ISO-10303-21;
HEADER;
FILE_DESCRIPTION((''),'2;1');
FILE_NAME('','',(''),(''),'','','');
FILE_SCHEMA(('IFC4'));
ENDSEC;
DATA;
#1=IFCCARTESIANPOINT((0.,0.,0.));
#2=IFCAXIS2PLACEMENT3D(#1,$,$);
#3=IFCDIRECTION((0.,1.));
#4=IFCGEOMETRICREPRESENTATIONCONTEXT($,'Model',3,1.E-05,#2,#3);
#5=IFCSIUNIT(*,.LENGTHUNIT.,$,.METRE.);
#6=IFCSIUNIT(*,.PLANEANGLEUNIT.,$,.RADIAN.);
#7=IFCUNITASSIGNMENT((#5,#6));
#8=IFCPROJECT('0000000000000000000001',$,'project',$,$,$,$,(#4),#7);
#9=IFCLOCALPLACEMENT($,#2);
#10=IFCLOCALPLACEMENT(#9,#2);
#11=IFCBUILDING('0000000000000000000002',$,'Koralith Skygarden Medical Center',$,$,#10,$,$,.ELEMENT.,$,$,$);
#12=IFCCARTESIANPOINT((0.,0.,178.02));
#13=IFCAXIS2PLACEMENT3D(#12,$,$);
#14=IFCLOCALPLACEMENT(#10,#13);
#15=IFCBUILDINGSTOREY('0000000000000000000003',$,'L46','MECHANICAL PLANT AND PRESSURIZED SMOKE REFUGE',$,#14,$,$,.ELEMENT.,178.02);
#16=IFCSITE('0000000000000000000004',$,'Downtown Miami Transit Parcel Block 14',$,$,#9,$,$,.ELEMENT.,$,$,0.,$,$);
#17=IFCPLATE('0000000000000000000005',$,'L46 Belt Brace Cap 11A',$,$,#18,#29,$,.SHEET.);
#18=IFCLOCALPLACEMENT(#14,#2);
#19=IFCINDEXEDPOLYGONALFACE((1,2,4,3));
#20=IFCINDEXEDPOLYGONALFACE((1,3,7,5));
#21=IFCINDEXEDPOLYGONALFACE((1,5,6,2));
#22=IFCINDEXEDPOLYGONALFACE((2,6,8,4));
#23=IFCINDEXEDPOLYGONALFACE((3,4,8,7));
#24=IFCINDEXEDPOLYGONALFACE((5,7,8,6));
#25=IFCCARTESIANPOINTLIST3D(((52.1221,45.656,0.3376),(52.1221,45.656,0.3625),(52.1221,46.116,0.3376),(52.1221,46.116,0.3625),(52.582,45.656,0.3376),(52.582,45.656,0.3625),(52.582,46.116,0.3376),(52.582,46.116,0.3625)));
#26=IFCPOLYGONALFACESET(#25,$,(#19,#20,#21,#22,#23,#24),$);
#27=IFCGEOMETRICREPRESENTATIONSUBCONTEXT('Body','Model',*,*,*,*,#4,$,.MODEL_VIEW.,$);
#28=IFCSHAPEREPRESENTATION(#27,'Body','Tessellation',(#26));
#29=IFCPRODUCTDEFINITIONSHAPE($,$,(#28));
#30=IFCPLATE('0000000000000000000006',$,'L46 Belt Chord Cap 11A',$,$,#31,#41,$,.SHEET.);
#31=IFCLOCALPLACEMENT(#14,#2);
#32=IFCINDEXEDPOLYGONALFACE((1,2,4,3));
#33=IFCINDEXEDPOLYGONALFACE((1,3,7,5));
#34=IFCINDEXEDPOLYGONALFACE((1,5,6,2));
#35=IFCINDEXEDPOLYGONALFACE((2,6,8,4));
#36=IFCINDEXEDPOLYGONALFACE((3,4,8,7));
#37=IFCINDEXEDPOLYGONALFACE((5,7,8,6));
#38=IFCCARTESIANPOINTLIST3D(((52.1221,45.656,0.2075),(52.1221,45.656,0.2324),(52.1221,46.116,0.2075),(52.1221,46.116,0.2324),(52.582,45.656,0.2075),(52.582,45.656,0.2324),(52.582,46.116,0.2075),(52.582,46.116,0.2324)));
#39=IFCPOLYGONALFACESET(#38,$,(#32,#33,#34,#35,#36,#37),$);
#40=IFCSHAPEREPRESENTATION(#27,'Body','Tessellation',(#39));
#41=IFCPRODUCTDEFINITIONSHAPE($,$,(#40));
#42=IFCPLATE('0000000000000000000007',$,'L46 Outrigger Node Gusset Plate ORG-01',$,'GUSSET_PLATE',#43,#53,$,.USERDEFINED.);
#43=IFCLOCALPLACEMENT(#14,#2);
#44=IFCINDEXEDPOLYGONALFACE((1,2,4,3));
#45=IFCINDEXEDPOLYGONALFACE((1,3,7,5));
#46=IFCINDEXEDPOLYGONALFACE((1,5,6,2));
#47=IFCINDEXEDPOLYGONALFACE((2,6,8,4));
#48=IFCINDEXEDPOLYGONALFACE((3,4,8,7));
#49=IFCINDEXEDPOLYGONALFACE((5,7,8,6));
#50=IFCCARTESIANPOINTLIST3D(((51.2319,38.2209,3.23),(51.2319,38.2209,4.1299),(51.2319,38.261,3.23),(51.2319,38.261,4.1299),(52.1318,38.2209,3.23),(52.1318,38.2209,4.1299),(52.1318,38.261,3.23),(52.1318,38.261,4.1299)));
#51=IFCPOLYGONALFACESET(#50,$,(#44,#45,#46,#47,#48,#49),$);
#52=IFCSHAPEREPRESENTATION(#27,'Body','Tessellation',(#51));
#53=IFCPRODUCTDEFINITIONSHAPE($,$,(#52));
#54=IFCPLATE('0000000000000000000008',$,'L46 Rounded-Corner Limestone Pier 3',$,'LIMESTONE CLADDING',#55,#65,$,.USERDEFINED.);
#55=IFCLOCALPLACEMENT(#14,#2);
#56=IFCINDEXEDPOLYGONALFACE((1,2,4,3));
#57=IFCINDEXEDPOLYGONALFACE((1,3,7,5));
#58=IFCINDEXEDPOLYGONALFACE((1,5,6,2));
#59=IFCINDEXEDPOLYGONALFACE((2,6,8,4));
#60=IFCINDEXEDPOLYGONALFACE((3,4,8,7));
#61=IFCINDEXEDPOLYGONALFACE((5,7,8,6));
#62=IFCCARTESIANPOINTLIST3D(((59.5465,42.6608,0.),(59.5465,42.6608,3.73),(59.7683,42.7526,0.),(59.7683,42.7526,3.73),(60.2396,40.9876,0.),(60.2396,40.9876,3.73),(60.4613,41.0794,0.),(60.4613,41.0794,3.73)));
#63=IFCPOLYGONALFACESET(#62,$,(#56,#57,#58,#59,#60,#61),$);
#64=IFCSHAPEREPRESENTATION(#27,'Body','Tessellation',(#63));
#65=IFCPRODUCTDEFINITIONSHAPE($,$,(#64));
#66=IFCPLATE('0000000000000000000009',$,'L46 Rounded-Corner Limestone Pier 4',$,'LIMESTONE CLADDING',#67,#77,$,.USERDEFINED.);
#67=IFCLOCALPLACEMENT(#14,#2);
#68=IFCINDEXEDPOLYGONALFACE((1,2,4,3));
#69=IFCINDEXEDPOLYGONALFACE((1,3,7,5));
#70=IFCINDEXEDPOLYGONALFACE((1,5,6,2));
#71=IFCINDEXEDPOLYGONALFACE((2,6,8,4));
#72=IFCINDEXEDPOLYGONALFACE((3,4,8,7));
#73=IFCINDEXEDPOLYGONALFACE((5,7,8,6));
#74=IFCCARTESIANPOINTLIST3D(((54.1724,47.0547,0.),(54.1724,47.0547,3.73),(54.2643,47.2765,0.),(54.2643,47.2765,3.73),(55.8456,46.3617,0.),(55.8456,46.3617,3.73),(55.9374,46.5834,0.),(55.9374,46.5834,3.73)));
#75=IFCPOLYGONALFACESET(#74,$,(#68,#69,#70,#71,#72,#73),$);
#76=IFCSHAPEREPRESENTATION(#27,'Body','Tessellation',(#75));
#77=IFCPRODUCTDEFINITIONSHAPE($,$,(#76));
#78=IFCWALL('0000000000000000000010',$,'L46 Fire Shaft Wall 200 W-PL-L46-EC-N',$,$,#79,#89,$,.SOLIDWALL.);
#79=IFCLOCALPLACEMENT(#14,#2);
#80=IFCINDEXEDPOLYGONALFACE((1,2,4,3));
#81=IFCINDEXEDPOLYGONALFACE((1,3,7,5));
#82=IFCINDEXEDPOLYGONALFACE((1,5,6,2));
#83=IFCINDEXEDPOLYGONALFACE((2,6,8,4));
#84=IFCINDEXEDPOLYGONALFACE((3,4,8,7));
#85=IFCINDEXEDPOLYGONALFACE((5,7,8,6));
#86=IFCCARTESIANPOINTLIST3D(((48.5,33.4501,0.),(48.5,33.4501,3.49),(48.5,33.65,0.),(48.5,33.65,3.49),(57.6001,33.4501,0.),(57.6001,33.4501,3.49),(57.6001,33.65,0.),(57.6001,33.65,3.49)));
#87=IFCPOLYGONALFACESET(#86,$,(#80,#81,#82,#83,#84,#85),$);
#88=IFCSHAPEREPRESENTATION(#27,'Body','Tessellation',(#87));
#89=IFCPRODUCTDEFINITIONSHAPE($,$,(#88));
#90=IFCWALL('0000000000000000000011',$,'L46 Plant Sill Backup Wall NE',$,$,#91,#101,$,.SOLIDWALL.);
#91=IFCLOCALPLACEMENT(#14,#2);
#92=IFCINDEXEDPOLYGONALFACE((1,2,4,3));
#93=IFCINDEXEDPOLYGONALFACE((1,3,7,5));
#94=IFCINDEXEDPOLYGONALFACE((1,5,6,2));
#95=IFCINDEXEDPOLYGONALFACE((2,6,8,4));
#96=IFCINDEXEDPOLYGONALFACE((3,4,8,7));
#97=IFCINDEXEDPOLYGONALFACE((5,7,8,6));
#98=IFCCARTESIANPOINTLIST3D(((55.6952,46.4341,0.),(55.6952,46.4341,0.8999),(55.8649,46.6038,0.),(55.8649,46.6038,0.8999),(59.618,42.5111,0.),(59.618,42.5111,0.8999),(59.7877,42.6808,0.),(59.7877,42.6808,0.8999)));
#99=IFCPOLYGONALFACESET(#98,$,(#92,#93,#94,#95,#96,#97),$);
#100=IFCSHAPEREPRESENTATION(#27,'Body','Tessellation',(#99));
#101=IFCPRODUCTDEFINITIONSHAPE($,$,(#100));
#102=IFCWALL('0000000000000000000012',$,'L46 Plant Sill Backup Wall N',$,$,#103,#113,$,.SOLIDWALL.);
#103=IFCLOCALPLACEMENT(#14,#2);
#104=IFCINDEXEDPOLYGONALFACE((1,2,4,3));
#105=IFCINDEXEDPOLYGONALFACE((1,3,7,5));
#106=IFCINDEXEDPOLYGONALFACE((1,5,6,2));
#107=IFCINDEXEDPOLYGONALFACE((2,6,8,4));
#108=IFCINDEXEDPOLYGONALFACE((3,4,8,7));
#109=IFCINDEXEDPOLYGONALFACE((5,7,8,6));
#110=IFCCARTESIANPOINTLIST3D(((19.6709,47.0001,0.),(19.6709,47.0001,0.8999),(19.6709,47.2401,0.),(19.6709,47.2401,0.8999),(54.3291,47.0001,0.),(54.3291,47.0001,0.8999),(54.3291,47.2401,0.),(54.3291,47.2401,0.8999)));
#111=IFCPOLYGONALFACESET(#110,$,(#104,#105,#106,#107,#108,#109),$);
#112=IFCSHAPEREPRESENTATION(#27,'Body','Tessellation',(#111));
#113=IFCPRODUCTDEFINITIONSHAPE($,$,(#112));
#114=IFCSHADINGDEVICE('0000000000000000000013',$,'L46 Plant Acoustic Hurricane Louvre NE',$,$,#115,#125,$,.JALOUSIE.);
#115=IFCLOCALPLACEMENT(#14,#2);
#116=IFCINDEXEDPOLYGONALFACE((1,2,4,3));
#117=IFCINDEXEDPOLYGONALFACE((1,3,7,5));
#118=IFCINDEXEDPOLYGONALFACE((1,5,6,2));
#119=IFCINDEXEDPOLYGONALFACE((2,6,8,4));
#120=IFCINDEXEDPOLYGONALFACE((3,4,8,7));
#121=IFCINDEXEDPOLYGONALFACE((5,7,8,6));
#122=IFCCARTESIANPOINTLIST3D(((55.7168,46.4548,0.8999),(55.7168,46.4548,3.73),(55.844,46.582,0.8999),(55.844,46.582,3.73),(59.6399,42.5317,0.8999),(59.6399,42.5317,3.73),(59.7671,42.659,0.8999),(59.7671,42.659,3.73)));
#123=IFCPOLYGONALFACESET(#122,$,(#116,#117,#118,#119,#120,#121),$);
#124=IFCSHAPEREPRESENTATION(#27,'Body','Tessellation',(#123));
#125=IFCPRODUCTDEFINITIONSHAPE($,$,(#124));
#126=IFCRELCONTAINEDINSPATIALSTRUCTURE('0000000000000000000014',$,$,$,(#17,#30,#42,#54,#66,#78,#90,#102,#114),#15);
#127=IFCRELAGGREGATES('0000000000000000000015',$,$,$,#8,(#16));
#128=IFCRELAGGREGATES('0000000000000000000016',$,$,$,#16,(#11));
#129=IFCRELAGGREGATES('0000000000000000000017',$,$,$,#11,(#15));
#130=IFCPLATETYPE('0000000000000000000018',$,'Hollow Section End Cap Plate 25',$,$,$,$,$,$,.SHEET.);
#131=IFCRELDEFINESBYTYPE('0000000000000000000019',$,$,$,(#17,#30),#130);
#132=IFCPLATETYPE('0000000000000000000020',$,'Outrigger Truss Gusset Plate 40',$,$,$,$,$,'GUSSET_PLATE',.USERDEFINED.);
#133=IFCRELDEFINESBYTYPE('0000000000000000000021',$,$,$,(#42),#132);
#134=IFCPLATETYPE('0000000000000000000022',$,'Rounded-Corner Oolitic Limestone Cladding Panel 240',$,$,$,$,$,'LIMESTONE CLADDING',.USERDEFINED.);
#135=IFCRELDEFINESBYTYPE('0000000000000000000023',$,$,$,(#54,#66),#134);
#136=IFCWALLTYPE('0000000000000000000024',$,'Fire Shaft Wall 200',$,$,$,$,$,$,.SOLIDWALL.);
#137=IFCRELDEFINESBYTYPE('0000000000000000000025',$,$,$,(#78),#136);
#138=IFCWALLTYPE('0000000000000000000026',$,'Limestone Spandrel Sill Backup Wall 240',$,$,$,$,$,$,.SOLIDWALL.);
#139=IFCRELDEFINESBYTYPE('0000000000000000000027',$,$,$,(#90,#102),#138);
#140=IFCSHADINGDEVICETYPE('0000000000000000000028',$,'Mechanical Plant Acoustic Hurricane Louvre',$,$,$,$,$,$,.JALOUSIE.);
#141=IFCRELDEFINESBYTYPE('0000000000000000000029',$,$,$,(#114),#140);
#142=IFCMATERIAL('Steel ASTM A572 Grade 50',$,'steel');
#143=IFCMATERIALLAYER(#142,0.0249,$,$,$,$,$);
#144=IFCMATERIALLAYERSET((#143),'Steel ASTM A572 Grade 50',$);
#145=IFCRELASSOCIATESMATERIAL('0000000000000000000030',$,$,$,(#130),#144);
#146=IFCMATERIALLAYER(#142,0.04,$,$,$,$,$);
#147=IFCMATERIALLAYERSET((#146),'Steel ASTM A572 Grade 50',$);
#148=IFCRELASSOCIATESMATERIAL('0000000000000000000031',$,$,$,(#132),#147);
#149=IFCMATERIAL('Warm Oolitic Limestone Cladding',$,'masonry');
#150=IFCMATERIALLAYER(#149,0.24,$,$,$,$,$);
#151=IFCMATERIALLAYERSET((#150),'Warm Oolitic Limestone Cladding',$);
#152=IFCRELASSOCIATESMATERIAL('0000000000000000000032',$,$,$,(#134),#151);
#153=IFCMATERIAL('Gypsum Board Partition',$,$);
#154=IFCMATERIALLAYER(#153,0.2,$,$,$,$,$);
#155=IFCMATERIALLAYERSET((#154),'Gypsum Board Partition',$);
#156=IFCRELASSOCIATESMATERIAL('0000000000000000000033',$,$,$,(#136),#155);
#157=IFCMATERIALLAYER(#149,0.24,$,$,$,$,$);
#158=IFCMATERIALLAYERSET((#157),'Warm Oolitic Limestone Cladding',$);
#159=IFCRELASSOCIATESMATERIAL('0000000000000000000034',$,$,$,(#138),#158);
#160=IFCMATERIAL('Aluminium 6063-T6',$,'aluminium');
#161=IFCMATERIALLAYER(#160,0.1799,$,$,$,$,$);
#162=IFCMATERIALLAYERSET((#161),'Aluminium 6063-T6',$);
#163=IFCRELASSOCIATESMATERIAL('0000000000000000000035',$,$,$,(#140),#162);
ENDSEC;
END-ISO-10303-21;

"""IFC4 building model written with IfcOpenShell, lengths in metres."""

from ifc_helpers import new_model, si_unit, direction, frame, frame_2d, origin, origin_2d, place, context, subcontext, project, spatial, rectangle, extrude, material, layer, layer_set, type_object, element, save


model = new_model("IFC4")

# Units and contexts
model_context = context("Model", 3, precision=1e-05, world=origin(), true_north=direction((0.0, 1.0)))
body_context = subcontext(model_context, "Body", "Model", "MODEL_VIEW")
ifc_project = project(units=[si_unit("LENGTHUNIT", "METRE"), si_unit("PLANEANGLEUNIT", "RADIAN")], contexts=[model_context])

# Site, building, storey
site_placement = place(None, origin())
site = spatial("IfcSite", under=ifc_project, at=site_placement, Name="Downtown Miami Transit Parcel Block 14", CompositionType="ELEMENT", RefElevation=0.0)
building_placement = place(site_placement, origin())
building = spatial("IfcBuilding", under=site, at=building_placement, Name="Koralith Skygarden Medical Center", CompositionType="ELEMENT")
storey_placement = place(building_placement, frame((0.0, 0.0, 178.02)))
storey = spatial("IfcBuildingStorey", under=building, at=storey_placement, Name="L46", Description="MECHANICAL PLANT AND PRESSURIZED SMOKE REFUGE", CompositionType="ELEMENT", Elevation=178.02)

# Plates
ifc_material_1 = material(Name="Steel ASTM A572 Grade 50", Category="steel")
ifc_layer_1 = layer(ifc_material_1, 0.0249)
ifc_layer_set_1 = layer_set([ifc_layer_1], Name="Steel ASTM A572 Grade 50")
plate_type_1 = type_object("IfcPlateType", Name="Hollow Section End Cap Plate 25", PredefinedType="SHEET", material=ifc_layer_set_1)
for number, where, z_axis, x_axis, name in (
    (1, (52.3521, 45.886, 0.3376), (0.0, 0.0, 1.0), (1.0, 0.0, 0.0), "L46 Belt Brace Cap 11A"),
    (2, (52.3521, 45.886, 0.2075), (0.0, 0.0, 1.0), (1.0, 0.0, 0.0), "L46 Belt Chord Cap 11A"),
):
    element("IfcPlate", number, at=place(storey_placement, frame(where, z_axis=z_axis, x_axis=x_axis)), inside=storey, type_object=plate_type_1, Name=name, PredefinedType="SHEET", context=body_context, shape_type="SweptSolid", body=[
        extrude(rectangle(XDim=0.46, YDim=0.46, at=origin_2d()), origin(), (0.0, 0.0, 1.0), 0.0249),
    ])
ifc_layer_2 = layer(ifc_material_1, 0.04)
ifc_layer_set_2 = layer_set([ifc_layer_2], Name="Steel ASTM A572 Grade 50")
plate_type_2 = type_object("IfcPlateType", Name="Outrigger Truss Gusset Plate 40", ElementType="GUSSET_PLATE", PredefinedType="USERDEFINED", material=ifc_layer_set_2)
plate_placement = place(storey_placement, frame((51.6819, 38.241, 3.23), z_axis=(0.0, 0.0, 1.0), x_axis=(1.0, 0.0, 0.0)))
element("IfcPlate", 3, at=plate_placement, inside=storey, type_object=plate_type_2, Name="L46 Outrigger Node Gusset Plate ORG-01", ObjectType="GUSSET_PLATE", PredefinedType="USERDEFINED", context=body_context, shape_type="SweptSolid", body=[
    extrude(rectangle(XDim=0.8999, YDim=0.04, at=origin_2d()), origin(), (0.0, 0.0, 1.0), 0.8999),
])
ifc_material_2 = material(Name="Warm Oolitic Limestone Cladding", Category="masonry")
ifc_layer_3 = layer(ifc_material_2, 0.24)
ifc_layer_set_3 = layer_set([ifc_layer_3], Name="Warm Oolitic Limestone Cladding")
plate_type_3 = type_object("IfcPlateType", Name="Rounded-Corner Oolitic Limestone Cladding Panel 240", ElementType="LIMESTONE CLADDING", PredefinedType="USERDEFINED", material=ifc_layer_set_3)
for number, where, z_axis, x_axis, name in (
    (4, (60.0039, 41.8701, 0.0), (0.0, 0.0, 1.0), (-0.382671, 0.923885, 0.0), "L46 Rounded-Corner Limestone Pier 3"),
    (5, (55.0549, 46.8191, 0.0), (0.0, 0.0, 1.0), (-0.923885, 0.382671, 0.0), "L46 Rounded-Corner Limestone Pier 4"),
):
    element("IfcPlate", number, at=place(storey_placement, frame(where, z_axis=z_axis, x_axis=x_axis)), inside=storey, type_object=plate_type_3, Name=name, ObjectType="LIMESTONE CLADDING", PredefinedType="USERDEFINED", context=body_context, shape_type="SweptSolid", body=[
        extrude(rectangle(XDim=1.811, YDim=0.24, at=origin_2d()), origin(), (0.0, 0.0, 1.0), 3.73),
    ])

# Walls
ifc_material_3 = material(Name="Gypsum Board Partition")
ifc_layer_4 = layer(ifc_material_3, 0.2)
ifc_layer_set_4 = layer_set([ifc_layer_4], Name="Gypsum Board Partition")
wall_type_1 = type_object("IfcWallType", Name="Fire Shaft Wall 200", PredefinedType="SOLIDWALL", material=ifc_layer_set_4)
wall_1_placement = place(storey_placement, frame((48.5, 33.55, 0.0), z_axis=(0.0, 0.0, 1.0), x_axis=(1.0, 0.0, 0.0)))
element("IfcWall", 6, at=wall_1_placement, inside=storey, type_object=wall_type_1, Name="L46 Fire Shaft Wall 200 W-PL-L46-EC-N", PredefinedType="SOLIDWALL", context=body_context, shape_type="SweptSolid", body=[
    extrude(rectangle(XDim=9.1001, YDim=0.2, at=frame_2d((4.55, 0.0))), origin(), (0.0, 0.0, 1.0), 3.49),
])
ifc_layer_5 = layer(ifc_material_2, 0.24)
ifc_layer_set_5 = layer_set([ifc_layer_5], Name="Warm Oolitic Limestone Cladding")
wall_type_2 = type_object("IfcWallType", Name="Limestone Spandrel Sill Backup Wall 240", PredefinedType="SOLIDWALL", material=ifc_layer_set_5)
wall_2_placement = place(storey_placement, frame((59.7029, 42.5959, 0.0), z_axis=(0.0, 0.0, 1.0), x_axis=(-0.707085, 0.707129, 0.0)))
element("IfcWall", 7, at=wall_2_placement, inside=storey, type_object=wall_type_2, Name="L46 Plant Sill Backup Wall NE", PredefinedType="SOLIDWALL", context=body_context, shape_type="SweptSolid", body=[
    extrude(rectangle(XDim=5.5479, YDim=0.24, at=frame_2d((2.7739, 0.0))), origin(), (0.0, 0.0, 1.0), 0.8999),
])
wall_3_placement = place(storey_placement, frame((54.3291, 47.1201, 0.0), z_axis=(0.0, 0.0, 1.0), x_axis=(-1.0, 0.0, 0.0)))
element("IfcWall", 8, at=wall_3_placement, inside=storey, type_object=wall_type_2, Name="L46 Plant Sill Backup Wall N", PredefinedType="SOLIDWALL", context=body_context, shape_type="SweptSolid", body=[
    extrude(rectangle(XDim=34.6582, YDim=0.24, at=frame_2d((17.3291, 0.0))), origin(), (0.0, 0.0, 1.0), 0.8999),
])

# Shading device
ifc_material_4 = material(Name="Aluminium 6063-T6", Category="aluminium")
ifc_layer_6 = layer(ifc_material_4, 0.1799)
ifc_layer_set_6 = layer_set([ifc_layer_6], Name="Aluminium 6063-T6")
shading_device_type = type_object("IfcShadingDeviceType", Name="Mechanical Plant Acoustic Hurricane Louvre", PredefinedType="JALOUSIE", material=ifc_layer_set_6)
shading_device_placement = place(storey_placement, frame((57.7419, 44.5569, 0.8999), z_axis=(0.0, 0.0, 1.0), x_axis=(-0.707107, 0.707107, 0.0)))
element("IfcShadingDevice", 9, at=shading_device_placement, inside=storey, type_object=shading_device_type, Name="L46 Plant Acoustic Hurricane Louvre NE", PredefinedType="JALOUSIE", context=body_context, shape_type="SweptSolid", body=[
    extrude(rectangle(XDim=5.5481, YDim=0.1799, at=origin_2d()), origin(), (0.0, 0.0, 1.0), 2.8301),
])

save(model, "model.ifc")
